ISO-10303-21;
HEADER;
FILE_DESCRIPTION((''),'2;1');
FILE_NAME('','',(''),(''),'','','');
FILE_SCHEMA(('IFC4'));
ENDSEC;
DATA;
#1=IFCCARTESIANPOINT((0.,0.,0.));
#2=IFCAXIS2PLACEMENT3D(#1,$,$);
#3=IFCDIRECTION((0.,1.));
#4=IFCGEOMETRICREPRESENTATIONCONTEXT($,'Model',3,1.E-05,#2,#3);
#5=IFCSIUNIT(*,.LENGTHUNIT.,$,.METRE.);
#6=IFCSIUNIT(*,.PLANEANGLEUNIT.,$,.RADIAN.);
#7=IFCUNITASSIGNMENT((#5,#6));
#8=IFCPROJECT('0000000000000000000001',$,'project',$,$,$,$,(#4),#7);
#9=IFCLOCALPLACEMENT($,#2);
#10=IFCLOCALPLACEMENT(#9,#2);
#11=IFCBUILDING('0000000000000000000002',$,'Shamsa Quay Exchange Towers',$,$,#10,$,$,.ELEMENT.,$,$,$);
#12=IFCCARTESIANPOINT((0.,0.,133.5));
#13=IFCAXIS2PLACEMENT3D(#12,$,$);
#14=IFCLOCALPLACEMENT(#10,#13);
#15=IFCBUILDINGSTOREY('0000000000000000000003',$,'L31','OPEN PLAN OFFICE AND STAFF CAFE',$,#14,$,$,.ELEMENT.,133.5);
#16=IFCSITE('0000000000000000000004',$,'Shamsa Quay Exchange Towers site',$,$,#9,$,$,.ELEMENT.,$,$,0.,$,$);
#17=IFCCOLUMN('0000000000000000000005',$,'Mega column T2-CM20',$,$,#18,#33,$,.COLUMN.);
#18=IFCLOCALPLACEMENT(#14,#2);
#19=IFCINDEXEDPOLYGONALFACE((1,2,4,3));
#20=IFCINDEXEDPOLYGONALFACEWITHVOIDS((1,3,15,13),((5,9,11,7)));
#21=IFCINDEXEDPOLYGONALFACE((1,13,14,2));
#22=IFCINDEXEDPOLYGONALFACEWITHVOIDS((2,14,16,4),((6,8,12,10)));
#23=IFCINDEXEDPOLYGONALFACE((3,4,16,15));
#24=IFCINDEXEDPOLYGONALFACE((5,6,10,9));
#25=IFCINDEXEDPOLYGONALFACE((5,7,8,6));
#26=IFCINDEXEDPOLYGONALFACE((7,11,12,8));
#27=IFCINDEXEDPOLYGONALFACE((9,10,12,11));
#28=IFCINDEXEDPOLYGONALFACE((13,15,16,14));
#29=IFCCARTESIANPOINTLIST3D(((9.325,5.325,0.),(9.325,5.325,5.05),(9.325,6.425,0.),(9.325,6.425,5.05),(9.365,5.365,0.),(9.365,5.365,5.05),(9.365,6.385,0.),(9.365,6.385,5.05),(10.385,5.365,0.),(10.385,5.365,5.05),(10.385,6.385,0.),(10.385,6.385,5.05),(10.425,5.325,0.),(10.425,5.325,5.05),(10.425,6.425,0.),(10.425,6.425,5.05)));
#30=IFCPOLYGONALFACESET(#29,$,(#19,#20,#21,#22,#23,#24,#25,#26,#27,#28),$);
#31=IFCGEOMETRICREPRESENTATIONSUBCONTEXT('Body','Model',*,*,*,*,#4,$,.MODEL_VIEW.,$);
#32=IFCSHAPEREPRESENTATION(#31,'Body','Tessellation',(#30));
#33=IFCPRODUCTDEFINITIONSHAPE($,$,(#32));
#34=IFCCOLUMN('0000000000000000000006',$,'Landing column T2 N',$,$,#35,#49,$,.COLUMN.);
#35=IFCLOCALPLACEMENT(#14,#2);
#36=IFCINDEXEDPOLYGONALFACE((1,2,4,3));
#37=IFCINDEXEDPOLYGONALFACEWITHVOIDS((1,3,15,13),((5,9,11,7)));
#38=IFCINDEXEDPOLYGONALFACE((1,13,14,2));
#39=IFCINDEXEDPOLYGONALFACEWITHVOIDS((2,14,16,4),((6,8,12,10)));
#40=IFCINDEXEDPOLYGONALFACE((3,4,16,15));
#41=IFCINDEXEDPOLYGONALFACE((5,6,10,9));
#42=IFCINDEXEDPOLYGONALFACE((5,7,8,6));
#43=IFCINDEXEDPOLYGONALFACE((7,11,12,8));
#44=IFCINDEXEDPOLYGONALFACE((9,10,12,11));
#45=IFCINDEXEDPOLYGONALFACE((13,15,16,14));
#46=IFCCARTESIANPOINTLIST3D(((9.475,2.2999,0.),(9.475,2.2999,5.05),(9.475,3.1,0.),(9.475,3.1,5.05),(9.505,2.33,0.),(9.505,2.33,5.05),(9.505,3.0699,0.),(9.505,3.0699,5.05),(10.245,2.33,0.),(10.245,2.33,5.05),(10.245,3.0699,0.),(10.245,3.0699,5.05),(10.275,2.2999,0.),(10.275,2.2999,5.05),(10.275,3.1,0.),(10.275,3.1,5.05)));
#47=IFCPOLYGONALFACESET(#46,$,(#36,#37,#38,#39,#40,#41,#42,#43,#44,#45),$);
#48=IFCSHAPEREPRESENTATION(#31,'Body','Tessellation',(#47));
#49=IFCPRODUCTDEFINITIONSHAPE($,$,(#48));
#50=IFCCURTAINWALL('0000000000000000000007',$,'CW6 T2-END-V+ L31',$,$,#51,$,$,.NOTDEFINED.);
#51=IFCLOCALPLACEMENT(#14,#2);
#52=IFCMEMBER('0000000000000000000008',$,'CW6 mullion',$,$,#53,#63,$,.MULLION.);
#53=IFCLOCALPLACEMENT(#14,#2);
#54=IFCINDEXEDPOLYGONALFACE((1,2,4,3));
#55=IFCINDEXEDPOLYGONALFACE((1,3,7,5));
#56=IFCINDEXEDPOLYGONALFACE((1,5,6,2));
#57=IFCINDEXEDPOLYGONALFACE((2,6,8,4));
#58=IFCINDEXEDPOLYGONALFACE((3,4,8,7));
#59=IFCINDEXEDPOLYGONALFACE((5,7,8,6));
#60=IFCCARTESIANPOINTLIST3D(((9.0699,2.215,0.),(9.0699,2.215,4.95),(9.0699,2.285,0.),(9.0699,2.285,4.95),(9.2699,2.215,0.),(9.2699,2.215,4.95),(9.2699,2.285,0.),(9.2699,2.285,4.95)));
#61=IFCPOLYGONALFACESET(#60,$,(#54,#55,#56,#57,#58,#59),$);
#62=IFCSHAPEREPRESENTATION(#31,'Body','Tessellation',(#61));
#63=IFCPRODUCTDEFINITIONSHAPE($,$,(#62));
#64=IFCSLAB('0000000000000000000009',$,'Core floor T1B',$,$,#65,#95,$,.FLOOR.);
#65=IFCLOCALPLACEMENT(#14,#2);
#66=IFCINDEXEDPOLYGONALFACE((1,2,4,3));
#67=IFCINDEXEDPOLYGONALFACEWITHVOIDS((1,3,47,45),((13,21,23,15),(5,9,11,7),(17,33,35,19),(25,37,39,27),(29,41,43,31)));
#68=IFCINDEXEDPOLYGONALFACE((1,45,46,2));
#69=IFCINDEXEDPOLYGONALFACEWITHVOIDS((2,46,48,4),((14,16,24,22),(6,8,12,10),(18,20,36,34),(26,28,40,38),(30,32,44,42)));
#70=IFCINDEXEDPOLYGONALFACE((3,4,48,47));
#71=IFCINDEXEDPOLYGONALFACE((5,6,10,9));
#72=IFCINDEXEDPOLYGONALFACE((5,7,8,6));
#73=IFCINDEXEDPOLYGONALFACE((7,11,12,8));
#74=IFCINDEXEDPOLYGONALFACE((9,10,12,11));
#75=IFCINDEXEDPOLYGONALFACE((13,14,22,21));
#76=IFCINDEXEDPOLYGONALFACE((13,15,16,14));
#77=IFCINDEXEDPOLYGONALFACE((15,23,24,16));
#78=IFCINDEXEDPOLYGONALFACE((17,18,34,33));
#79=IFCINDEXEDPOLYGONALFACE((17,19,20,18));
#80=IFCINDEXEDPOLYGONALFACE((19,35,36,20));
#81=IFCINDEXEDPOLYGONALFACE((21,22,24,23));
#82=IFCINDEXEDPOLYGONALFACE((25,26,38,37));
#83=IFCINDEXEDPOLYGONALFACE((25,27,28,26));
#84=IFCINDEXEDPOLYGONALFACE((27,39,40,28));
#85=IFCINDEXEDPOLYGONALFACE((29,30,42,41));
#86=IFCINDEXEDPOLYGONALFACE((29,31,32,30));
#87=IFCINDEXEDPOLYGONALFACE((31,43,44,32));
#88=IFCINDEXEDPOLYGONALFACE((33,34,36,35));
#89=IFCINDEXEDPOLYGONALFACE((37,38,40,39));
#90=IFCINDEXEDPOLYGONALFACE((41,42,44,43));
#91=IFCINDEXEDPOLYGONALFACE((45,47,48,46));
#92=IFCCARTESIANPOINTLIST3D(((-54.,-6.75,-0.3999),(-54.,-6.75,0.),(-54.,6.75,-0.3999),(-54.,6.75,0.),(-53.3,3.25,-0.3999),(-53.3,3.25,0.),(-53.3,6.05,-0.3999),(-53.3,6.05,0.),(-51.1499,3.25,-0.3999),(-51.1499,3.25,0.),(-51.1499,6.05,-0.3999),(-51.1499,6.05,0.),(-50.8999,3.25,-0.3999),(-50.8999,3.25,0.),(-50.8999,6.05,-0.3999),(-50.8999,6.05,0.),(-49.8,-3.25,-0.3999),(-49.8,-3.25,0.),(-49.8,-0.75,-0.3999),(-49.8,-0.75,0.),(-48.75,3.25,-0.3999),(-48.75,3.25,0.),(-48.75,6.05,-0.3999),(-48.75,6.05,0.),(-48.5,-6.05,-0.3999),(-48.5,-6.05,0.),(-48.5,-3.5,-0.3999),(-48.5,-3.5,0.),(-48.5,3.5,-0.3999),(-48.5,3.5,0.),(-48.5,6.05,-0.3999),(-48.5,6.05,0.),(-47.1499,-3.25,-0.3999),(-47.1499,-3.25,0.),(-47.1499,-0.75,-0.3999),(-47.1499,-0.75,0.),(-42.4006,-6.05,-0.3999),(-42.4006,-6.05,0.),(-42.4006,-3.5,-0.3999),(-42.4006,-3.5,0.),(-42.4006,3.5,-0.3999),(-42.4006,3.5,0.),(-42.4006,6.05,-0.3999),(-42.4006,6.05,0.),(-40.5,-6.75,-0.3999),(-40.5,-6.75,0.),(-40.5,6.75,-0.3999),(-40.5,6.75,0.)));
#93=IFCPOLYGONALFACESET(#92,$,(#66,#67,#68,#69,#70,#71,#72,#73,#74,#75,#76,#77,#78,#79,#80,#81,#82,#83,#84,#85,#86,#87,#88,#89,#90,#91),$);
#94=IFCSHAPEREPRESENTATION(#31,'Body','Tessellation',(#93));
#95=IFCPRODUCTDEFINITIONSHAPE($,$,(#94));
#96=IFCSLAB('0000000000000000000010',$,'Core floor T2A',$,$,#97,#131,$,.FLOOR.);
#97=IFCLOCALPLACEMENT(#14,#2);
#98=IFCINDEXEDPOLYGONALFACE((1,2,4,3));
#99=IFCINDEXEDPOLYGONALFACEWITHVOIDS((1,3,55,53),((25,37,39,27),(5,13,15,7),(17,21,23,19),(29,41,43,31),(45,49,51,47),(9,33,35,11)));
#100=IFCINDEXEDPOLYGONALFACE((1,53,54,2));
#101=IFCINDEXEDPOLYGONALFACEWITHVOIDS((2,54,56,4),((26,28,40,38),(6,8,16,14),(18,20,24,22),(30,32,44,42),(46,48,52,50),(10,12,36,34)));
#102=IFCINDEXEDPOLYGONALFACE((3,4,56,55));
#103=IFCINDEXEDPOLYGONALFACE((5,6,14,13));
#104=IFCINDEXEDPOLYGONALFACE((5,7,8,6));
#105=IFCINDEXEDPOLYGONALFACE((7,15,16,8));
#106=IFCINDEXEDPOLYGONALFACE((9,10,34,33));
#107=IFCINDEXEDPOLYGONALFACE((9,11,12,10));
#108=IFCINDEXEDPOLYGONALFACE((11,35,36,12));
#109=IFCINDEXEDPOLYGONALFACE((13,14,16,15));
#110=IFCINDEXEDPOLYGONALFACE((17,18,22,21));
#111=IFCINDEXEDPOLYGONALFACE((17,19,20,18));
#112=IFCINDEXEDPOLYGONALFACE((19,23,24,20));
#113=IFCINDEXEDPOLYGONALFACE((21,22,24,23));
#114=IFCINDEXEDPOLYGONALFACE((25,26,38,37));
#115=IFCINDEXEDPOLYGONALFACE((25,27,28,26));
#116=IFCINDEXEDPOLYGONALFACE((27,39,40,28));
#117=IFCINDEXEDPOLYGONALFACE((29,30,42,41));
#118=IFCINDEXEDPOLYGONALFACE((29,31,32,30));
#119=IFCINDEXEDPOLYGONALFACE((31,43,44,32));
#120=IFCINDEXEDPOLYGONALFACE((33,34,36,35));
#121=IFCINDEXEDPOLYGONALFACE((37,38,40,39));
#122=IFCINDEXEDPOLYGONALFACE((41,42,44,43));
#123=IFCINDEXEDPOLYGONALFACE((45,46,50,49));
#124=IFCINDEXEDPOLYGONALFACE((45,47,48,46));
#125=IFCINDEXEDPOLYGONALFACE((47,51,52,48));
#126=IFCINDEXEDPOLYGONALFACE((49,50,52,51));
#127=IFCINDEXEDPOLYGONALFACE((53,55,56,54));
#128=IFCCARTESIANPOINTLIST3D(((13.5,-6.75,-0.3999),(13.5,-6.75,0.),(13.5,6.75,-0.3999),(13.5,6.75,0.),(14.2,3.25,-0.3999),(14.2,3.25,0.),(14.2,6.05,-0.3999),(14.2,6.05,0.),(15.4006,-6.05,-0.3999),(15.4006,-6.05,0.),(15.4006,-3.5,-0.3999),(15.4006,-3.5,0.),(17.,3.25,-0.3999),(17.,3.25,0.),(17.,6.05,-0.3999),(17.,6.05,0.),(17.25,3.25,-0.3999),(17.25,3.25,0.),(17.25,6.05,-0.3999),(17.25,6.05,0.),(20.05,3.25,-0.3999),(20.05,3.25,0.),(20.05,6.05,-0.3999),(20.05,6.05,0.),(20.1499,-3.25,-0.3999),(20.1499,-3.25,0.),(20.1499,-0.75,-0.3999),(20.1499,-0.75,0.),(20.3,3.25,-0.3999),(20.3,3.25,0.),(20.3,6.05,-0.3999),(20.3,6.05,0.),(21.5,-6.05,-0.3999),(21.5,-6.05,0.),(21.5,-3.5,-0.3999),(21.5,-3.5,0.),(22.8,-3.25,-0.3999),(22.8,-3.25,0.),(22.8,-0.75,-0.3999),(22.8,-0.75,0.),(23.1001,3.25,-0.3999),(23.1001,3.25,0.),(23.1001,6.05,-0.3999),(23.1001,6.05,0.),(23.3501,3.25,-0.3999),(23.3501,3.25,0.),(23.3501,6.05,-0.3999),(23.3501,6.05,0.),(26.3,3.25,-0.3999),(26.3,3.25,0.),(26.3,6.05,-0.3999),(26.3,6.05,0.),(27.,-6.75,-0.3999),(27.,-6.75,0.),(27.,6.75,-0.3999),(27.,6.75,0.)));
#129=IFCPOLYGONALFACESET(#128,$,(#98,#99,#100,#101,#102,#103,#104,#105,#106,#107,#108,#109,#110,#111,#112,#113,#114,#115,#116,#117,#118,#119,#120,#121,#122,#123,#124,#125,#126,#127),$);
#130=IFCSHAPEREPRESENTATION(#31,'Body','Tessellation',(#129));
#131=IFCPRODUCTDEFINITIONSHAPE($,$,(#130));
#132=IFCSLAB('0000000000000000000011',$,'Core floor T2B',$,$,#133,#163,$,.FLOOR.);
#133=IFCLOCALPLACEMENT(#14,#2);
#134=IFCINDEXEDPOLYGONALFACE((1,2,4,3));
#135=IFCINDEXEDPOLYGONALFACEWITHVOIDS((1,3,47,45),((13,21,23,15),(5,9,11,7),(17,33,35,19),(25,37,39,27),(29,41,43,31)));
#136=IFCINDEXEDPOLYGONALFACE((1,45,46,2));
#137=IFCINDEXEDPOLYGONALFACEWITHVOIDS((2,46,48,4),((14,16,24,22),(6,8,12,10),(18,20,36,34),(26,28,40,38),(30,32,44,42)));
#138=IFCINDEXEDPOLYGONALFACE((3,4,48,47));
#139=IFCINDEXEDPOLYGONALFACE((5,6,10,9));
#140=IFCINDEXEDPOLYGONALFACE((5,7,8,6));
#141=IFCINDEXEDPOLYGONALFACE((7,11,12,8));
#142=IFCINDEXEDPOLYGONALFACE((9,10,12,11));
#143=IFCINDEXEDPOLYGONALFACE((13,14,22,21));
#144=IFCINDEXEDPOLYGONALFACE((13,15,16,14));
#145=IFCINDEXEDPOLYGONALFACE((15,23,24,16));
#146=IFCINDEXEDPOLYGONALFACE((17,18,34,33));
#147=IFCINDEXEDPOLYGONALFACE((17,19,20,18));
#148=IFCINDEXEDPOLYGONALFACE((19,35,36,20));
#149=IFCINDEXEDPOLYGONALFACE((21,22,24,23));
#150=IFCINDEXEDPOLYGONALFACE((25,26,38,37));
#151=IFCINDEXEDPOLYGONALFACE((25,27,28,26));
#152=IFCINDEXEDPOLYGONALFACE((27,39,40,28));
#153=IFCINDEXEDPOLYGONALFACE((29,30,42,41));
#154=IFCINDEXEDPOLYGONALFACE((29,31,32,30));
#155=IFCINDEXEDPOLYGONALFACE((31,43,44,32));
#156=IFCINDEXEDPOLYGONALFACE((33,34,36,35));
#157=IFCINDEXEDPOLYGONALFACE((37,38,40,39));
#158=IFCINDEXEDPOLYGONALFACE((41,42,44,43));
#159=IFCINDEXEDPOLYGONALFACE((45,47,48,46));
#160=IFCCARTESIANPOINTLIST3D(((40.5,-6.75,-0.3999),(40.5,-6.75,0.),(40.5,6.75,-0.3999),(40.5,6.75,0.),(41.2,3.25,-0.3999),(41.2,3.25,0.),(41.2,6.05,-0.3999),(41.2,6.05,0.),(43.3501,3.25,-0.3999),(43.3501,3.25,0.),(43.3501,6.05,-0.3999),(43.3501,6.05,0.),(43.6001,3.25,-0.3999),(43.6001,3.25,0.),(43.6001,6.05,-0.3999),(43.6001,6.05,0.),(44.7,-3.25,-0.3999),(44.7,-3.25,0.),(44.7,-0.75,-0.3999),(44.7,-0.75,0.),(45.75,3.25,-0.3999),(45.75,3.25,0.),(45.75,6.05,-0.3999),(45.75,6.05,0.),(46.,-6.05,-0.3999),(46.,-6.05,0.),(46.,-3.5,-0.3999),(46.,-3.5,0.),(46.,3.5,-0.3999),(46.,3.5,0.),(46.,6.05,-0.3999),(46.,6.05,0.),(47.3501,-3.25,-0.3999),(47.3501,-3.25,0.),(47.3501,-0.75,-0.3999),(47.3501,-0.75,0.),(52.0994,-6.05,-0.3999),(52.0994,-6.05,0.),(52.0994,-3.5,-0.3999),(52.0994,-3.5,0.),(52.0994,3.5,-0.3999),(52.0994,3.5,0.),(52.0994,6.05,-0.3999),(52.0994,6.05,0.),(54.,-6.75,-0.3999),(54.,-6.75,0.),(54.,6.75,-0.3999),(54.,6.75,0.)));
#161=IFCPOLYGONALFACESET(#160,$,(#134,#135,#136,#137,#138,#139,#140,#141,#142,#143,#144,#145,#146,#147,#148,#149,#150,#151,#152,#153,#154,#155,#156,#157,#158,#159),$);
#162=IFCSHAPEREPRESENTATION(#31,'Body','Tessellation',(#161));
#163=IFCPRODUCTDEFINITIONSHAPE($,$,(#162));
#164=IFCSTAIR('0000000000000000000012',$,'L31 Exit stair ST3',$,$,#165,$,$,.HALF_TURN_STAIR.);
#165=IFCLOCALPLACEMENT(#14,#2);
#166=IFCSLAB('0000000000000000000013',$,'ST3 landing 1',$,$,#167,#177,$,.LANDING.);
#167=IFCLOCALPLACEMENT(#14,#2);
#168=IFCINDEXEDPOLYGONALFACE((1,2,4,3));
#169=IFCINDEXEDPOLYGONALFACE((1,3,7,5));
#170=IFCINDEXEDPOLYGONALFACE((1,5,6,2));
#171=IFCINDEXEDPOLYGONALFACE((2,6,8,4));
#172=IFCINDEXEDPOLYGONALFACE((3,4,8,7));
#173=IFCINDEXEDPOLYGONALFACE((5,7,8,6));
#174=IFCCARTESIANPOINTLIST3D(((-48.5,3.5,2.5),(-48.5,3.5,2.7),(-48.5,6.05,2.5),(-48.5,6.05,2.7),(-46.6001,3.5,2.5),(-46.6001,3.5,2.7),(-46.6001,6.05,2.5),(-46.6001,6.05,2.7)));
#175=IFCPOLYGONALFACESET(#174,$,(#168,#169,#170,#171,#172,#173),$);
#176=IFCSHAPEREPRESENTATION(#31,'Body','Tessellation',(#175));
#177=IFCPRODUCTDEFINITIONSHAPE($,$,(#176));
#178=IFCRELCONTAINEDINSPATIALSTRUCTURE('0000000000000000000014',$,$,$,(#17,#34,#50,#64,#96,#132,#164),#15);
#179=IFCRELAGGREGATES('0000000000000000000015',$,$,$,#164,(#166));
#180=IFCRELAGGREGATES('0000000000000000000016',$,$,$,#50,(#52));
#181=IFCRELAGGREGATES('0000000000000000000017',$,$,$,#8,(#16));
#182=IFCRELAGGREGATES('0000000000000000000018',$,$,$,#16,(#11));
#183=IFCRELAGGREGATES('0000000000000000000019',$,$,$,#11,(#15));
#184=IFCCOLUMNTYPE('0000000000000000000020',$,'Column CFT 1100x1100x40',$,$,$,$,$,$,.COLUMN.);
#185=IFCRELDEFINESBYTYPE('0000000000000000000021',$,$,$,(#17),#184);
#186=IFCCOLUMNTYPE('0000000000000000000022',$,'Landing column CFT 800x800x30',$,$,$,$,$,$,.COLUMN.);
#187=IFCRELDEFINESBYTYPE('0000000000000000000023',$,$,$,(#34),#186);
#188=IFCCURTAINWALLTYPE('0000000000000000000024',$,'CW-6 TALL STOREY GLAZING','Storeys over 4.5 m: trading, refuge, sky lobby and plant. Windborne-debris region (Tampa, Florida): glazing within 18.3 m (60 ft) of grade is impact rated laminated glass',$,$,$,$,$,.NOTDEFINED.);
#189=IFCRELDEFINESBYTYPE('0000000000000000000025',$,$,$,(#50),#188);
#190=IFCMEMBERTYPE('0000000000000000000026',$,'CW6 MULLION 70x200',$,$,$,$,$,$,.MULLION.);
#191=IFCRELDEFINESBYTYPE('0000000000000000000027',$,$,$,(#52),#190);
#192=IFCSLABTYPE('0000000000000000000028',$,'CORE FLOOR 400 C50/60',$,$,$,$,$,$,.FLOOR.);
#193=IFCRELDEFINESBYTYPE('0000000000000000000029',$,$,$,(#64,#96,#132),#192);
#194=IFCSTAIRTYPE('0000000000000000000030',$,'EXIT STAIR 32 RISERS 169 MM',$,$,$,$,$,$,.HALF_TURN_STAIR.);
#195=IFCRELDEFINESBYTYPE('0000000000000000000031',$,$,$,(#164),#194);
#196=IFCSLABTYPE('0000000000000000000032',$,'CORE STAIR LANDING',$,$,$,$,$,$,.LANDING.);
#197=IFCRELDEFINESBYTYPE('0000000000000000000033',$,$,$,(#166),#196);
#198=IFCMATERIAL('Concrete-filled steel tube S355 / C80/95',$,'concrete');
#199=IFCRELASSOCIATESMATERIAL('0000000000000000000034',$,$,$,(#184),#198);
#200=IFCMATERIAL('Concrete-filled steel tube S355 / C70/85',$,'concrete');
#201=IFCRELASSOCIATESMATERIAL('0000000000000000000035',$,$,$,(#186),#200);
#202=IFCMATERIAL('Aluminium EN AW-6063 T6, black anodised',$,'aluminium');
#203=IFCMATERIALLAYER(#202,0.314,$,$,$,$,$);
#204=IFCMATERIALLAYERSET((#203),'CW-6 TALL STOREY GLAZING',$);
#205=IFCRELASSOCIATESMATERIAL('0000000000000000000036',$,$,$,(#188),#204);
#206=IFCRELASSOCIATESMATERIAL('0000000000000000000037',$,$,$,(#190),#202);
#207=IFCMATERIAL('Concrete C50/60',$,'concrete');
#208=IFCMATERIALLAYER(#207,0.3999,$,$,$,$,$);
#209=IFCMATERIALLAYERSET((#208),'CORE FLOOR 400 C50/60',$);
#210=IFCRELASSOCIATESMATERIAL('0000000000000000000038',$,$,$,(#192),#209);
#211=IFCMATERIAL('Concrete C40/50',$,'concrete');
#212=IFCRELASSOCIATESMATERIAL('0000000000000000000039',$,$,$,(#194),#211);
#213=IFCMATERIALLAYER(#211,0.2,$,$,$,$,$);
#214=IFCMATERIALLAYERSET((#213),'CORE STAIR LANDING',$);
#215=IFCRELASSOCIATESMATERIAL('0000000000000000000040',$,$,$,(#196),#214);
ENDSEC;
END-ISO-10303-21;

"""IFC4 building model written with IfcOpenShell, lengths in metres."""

from ifc_helpers import new_model, si_unit, direction, frame, origin, origin_2d, place, context, subcontext, project, spatial, polyline, rectangle, hollow_rectangle, outline, extrude, material, layer, layer_set, material_profile, profile_set, type_object, element, aggregate, save


model = new_model("IFC4")

# Units and contexts
model_context = context("Model", 3, precision=1e-05, world=origin(), true_north=direction((0.0, 1.0)))
body_context = subcontext(model_context, "Body", "Model", "MODEL_VIEW")
ifc_project = project(units=[si_unit("LENGTHUNIT", "METRE"), si_unit("PLANEANGLEUNIT", "RADIAN")], contexts=[model_context])

# Site, building, storey
site_placement = place(None, origin())
site = spatial("IfcSite", under=ifc_project, at=site_placement, Name="Shamsa Quay Exchange Towers site", CompositionType="ELEMENT", RefElevation=0.0)
building_placement = place(site_placement, origin())
building = spatial("IfcBuilding", under=site, at=building_placement, Name="Shamsa Quay Exchange Towers", CompositionType="ELEMENT")
storey_placement = place(building_placement, frame((0.0, 0.0, 133.5)))
storey = spatial("IfcBuildingStorey", under=building, at=storey_placement, Name="L31", Description="OPEN PLAN OFFICE AND STAFF CAFE", CompositionType="ELEMENT", Elevation=133.5)

# Columns
ifc_material_1 = material(Name="Concrete-filled steel tube S355 / C80/95", Category="concrete")
ifc_material_profile_1 = material_profile(ifc_material_1, hollow_rectangle(XDim=1.1001, YDim=1.1001, WallThickness=0.04, at=origin_2d()), Name="CFT 1100x1100x40")
ifc_profile_set_1 = profile_set([ifc_material_profile_1], Name="Concrete-filled steel tube S355 / C80/95")
column_type_1 = type_object("IfcColumnType", Name="Column CFT 1100x1100x40", PredefinedType="COLUMN", material=ifc_profile_set_1)
column_1_placement = place(storey_placement, frame((9.875, 5.875, 0.0)))
element("IfcColumn", 1, at=column_1_placement, inside=storey, type_object=column_type_1, Name="Mega column T2-CM20", PredefinedType="COLUMN", context=body_context, shape_type="SweptSolid", body=[
    extrude(hollow_rectangle(XDim=1.1001, YDim=1.1001, WallThickness=0.04, at=origin_2d()), origin(), (0.0, 0.0, 1.0), 5.05),
])
ifc_material_2 = material(Name="Concrete-filled steel tube S355 / C70/85", Category="concrete")
ifc_material_profile_2 = material_profile(ifc_material_2, hollow_rectangle(XDim=0.8, YDim=0.8, WallThickness=0.03, at=origin_2d()), Name="CFT 800x800x30")
ifc_profile_set_2 = profile_set([ifc_material_profile_2], Name="Concrete-filled steel tube S355 / C70/85")
column_type_2 = type_object("IfcColumnType", Name="Landing column CFT 800x800x30", PredefinedType="COLUMN", material=ifc_profile_set_2)
column_2_placement = place(storey_placement, frame((9.875, 2.7, 0.0)))
element("IfcColumn", 2, at=column_2_placement, inside=storey, type_object=column_type_2, Name="Landing column T2 N", PredefinedType="COLUMN", context=body_context, shape_type="SweptSolid", body=[
    extrude(hollow_rectangle(XDim=0.8, YDim=0.8, WallThickness=0.03, at=origin_2d()), origin(), (0.0, 0.0, 1.0), 5.05),
])

# Curtain wall, member
ifc_material_3 = material(Name="Aluminium EN AW-6063 T6, black anodised", Category="aluminium")
ifc_layer_1 = layer(ifc_material_3, 0.314)
ifc_layer_set_1 = layer_set([ifc_layer_1], Name="CW-6 TALL STOREY GLAZING")
curtain_wall_type_1 = type_object("IfcCurtainWallType", Name="CW-6 TALL STOREY GLAZING", Description="Storeys over 4.5 m: trading, refuge, sky lobby and plant. Windborne-debris region (Tampa, Florida): glazing within 18.3 m (60 ft) of grade is impact rated laminated glass", PredefinedType="NOTDEFINED", material=ifc_layer_set_1)
curtain_wall_1_placement = place(storey_placement, origin())
curtain_wall_1 = element("IfcCurtainWall", 3, at=curtain_wall_1_placement, inside=storey, type_object=curtain_wall_type_1, Name="CW6 T2-END-V+ L31", PredefinedType="NOTDEFINED")
ifc_material_profile_3 = material_profile(ifc_material_3, rectangle(XDim=0.2, YDim=0.0701, at=origin_2d()), Name="MU70x200")
ifc_profile_set_3 = profile_set([ifc_material_profile_3], Name="Aluminium EN AW-6063 T6, black anodised")
member_type = type_object("IfcMemberType", Name="CW6 MULLION 70x200", PredefinedType="MULLION", material=ifc_profile_set_3)
member_placement = place(storey_placement, frame((9.1699, 2.25, 0.0)))
member = element("IfcMember", 4, at=member_placement, type_object=member_type, Name="CW6 mullion", PredefinedType="MULLION", context=body_context, shape_type="SweptSolid", body=[
    extrude(rectangle(XDim=0.2, YDim=0.0701, at=origin_2d()), origin(), (0.0, 0.0, 1.0), 4.95),
])

# Slabs
ifc_material_4 = material(Name="Concrete C50/60", Category="concrete")
ifc_layer_2 = layer(ifc_material_4, 0.3999)
ifc_layer_set_2 = layer_set([ifc_layer_2], Name="CORE FLOOR 400 C50/60")
slab_type_1 = type_object("IfcSlabType", Name="CORE FLOOR 400 C50/60", PredefinedType="FLOOR", material=ifc_layer_set_2)
slab_1_placement = place(storey_placement, frame((0.0, 0.0, -0.3999)))
element("IfcSlab", 5, at=slab_1_placement, inside=storey, type_object=slab_type_1, Name="Core floor T1B", PredefinedType="FLOOR", context=body_context, shape_type="SweptSolid", body=[
    extrude(outline(polyline([(-40.5, -6.75), (-40.5, 6.75), (-54.0, 6.75), (-54.0, -6.75), (-40.5, -6.75)]), holes=[polyline([(-42.4006, -3.5), (-42.4006, -6.05), (-48.5, -6.05), (-48.5, -3.5), (-42.4006, -3.5)]), polyline([(-42.4006, 6.05), (-42.4006, 3.5), (-48.5, 3.5), (-48.5, 6.05), (-42.4006, 6.05)]), polyline([(-48.75, 3.25), (-50.8999, 3.25), (-50.8999, 6.05), (-48.75, 6.05), (-48.75, 3.25)]), polyline([(-51.1499, 3.25), (-53.3, 3.25), (-53.3, 6.05), (-51.1499, 6.05), (-51.1499, 3.25)]), polyline([(-47.1499, -3.25), (-49.8, -3.25), (-49.8, -0.75), (-47.1499, -0.75), (-47.1499, -3.25)])]), origin(), (0.0, 0.0, 1.0), 0.3999),
])
slab_2_placement = place(storey_placement, frame((0.0, 0.0, -0.3999)))
element("IfcSlab", 6, at=slab_2_placement, inside=storey, type_object=slab_type_1, Name="Core floor T2A", PredefinedType="FLOOR", context=body_context, shape_type="SweptSolid", body=[
    extrude(outline(polyline([(13.5, -6.75), (27.0, -6.75), (27.0, 6.75), (13.5, 6.75), (13.5, -6.75)]), holes=[polyline([(15.4006, -6.05), (15.4006, -3.5), (21.5, -3.5), (21.5, -6.05), (15.4006, -6.05)]), polyline([(14.2, 3.25), (14.2, 6.05), (17.0, 6.05), (17.0, 3.25), (14.2, 3.25)]), polyline([(17.25, 3.25), (17.25, 6.05), (20.05, 6.05), (20.05, 3.25), (17.25, 3.25)]), polyline([(20.3, 3.25), (20.3, 6.05), (23.1001, 6.05), (23.1001, 3.25), (20.3, 3.25)]), polyline([(23.3501, 3.25), (23.3501, 6.05), (26.3, 6.05), (26.3, 3.25), (23.3501, 3.25)]), polyline([(20.1499, -3.25), (20.1499, -0.75), (22.8, -0.75), (22.8, -3.25), (20.1499, -3.25)])]), origin(), (0.0, 0.0, 1.0), 0.3999),
])
slab_3_placement = place(storey_placement, frame((0.0, 0.0, -0.3999)))
element("IfcSlab", 7, at=slab_3_placement, inside=storey, type_object=slab_type_1, Name="Core floor T2B", PredefinedType="FLOOR", context=body_context, shape_type="SweptSolid", body=[
    extrude(outline(polyline([(54.0, -6.75), (54.0, 6.75), (40.5, 6.75), (40.5, -6.75), (54.0, -6.75)]), holes=[polyline([(52.0994, -3.5), (52.0994, -6.05), (46.0, -6.05), (46.0, -3.5), (52.0994, -3.5)]), polyline([(52.0994, 6.05), (52.0994, 3.5), (46.0, 3.5), (46.0, 6.05), (52.0994, 6.05)]), polyline([(45.75, 3.25), (43.6001, 3.25), (43.6001, 6.05), (45.75, 6.05), (45.75, 3.25)]), polyline([(43.3501, 3.25), (41.2, 3.25), (41.2, 6.05), (43.3501, 6.05), (43.3501, 3.25)]), polyline([(47.3501, -3.25), (44.7, -3.25), (44.7, -0.75), (47.3501, -0.75), (47.3501, -3.25)])]), origin(), (0.0, 0.0, 1.0), 0.3999),
])

# Stair, slab
ifc_material_5 = material(Name="Concrete C40/50", Category="concrete")
stair_type = type_object("IfcStairType", Name="EXIT STAIR 32 RISERS 169 MM", PredefinedType="HALF_TURN_STAIR", material=ifc_material_5)
stair_1_placement = place(storey_placement, origin())
stair_1 = element("IfcStair", 8, at=stair_1_placement, inside=storey, type_object=stair_type, Name="L31 Exit stair ST3", PredefinedType="HALF_TURN_STAIR")
ifc_layer_3 = layer(ifc_material_5, 0.2)
ifc_layer_set_3 = layer_set([ifc_layer_3], Name="CORE STAIR LANDING")
slab_type_2 = type_object("IfcSlabType", Name="CORE STAIR LANDING", PredefinedType="LANDING", material=ifc_layer_set_3)
slab_4_placement = place(storey_placement, frame((0.0, 0.0, 2.5)))
slab_4 = element("IfcSlab", 9, at=slab_4_placement, type_object=slab_type_2, Name="ST3 landing 1", PredefinedType="LANDING", context=body_context, shape_type="SweptSolid", body=[
    extrude(outline(polyline([(-46.6001, 6.05), (-48.5, 6.05), (-48.5, 3.5), (-46.6001, 3.5), (-46.6001, 6.05)])), origin(), (0.0, 0.0, 1.0), 0.2),
])
aggregate(stair_1, [slab_4])

aggregate(curtain_wall_1, [member])

save(model, "model.ifc")
